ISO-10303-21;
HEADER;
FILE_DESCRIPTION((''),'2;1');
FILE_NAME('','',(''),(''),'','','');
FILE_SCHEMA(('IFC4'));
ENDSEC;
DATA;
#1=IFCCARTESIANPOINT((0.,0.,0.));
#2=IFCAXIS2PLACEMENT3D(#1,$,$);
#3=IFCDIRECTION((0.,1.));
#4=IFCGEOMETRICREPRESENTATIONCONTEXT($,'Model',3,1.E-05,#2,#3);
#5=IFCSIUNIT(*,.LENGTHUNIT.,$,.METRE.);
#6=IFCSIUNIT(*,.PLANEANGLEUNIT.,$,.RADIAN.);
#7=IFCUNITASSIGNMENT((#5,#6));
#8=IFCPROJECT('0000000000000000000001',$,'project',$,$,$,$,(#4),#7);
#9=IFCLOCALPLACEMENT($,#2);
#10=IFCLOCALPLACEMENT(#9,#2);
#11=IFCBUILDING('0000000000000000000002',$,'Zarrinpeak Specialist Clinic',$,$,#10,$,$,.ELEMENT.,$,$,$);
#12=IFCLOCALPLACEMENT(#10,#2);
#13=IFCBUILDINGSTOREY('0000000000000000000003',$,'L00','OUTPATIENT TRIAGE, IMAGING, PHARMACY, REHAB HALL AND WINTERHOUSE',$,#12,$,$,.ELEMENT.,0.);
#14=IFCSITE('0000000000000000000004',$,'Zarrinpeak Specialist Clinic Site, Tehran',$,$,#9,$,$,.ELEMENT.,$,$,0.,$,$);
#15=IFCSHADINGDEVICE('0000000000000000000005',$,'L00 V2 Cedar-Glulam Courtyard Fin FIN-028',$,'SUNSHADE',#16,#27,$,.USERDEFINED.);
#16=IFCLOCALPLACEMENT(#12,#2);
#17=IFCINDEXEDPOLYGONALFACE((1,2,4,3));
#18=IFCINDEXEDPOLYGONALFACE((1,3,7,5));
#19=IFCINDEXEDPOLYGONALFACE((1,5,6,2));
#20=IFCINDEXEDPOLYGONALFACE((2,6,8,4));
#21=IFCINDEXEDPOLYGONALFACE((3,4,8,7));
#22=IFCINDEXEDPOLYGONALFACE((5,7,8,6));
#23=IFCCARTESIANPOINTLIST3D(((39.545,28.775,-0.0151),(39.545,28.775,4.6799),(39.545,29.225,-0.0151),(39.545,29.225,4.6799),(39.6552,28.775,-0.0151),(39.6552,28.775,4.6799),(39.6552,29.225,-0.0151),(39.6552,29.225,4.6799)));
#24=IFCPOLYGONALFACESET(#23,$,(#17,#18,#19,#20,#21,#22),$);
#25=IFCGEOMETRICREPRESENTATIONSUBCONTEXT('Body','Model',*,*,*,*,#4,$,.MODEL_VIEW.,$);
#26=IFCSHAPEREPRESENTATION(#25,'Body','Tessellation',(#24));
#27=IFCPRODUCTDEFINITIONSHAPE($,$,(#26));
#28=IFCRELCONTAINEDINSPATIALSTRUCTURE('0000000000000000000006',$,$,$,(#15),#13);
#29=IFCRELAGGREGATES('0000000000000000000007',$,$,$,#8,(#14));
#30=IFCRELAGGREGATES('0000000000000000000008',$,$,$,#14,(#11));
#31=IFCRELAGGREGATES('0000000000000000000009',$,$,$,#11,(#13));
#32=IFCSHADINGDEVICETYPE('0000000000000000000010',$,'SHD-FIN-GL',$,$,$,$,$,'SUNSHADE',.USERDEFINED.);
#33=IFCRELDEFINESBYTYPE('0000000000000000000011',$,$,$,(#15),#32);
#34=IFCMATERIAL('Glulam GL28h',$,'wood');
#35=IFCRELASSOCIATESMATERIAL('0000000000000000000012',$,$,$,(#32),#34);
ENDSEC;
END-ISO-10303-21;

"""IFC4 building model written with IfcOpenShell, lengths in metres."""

from ifc_helpers import new_model, si_unit, direction, frame, origin, origin_2d, place, context, subcontext, project, spatial, rectangle, extrude, material, type_object, element, save


model = new_model("IFC4")

# Units and contexts
model_context = context("Model", 3, precision=1e-05, world=origin(), true_north=direction((0.0, 1.0)))
body_context = subcontext(model_context, "Body", "Model", "MODEL_VIEW")
ifc_project = project(units=[si_unit("LENGTHUNIT", "METRE"), si_unit("PLANEANGLEUNIT", "RADIAN")], contexts=[model_context])

# Site, building, storey
site_placement = place(None, origin())
site = spatial("IfcSite", under=ifc_project, at=site_placement, Name="Zarrinpeak Specialist Clinic Site, Tehran", CompositionType="ELEMENT", RefElevation=0.0)
building_placement = place(site_placement, origin())
building = spatial("IfcBuilding", under=site, at=building_placement, Name="Zarrinpeak Specialist Clinic", CompositionType="ELEMENT")
storey_placement = place(building_placement, origin())
storey = spatial("IfcBuildingStorey", under=building, at=storey_placement, Name="L00", Description="OUTPATIENT TRIAGE, IMAGING, PHARMACY, REHAB HALL AND WINTERHOUSE", CompositionType="ELEMENT", Elevation=0.0)

# Shading device
ifc_material_1 = material(Name="Glulam GL28h", Category="wood")
shading_device_type = type_object("IfcShadingDeviceType", Name="SHD-FIN-GL", ElementType="SUNSHADE", PredefinedType="USERDEFINED", material=ifc_material_1)
shading_device_1_placement = place(storey_placement, frame((39.6001, 29.0, -0.0151), z_axis=(0.0, 0.0, 1.0), x_axis=(1.0, 0.0, 0.0)))
element("IfcShadingDevice", 1, at=shading_device_1_placement, inside=storey, type_object=shading_device_type, Name="L00 V2 Cedar-Glulam Courtyard Fin FIN-028", ObjectType="SUNSHADE", PredefinedType="USERDEFINED", context=body_context, shape_type="SweptSolid", body=[
    extrude(rectangle(XDim=0.1101, YDim=0.45, at=origin_2d()), origin(), (0.0, 0.0, 1.0), 4.6951),
])

save(model, "model.ifc")
